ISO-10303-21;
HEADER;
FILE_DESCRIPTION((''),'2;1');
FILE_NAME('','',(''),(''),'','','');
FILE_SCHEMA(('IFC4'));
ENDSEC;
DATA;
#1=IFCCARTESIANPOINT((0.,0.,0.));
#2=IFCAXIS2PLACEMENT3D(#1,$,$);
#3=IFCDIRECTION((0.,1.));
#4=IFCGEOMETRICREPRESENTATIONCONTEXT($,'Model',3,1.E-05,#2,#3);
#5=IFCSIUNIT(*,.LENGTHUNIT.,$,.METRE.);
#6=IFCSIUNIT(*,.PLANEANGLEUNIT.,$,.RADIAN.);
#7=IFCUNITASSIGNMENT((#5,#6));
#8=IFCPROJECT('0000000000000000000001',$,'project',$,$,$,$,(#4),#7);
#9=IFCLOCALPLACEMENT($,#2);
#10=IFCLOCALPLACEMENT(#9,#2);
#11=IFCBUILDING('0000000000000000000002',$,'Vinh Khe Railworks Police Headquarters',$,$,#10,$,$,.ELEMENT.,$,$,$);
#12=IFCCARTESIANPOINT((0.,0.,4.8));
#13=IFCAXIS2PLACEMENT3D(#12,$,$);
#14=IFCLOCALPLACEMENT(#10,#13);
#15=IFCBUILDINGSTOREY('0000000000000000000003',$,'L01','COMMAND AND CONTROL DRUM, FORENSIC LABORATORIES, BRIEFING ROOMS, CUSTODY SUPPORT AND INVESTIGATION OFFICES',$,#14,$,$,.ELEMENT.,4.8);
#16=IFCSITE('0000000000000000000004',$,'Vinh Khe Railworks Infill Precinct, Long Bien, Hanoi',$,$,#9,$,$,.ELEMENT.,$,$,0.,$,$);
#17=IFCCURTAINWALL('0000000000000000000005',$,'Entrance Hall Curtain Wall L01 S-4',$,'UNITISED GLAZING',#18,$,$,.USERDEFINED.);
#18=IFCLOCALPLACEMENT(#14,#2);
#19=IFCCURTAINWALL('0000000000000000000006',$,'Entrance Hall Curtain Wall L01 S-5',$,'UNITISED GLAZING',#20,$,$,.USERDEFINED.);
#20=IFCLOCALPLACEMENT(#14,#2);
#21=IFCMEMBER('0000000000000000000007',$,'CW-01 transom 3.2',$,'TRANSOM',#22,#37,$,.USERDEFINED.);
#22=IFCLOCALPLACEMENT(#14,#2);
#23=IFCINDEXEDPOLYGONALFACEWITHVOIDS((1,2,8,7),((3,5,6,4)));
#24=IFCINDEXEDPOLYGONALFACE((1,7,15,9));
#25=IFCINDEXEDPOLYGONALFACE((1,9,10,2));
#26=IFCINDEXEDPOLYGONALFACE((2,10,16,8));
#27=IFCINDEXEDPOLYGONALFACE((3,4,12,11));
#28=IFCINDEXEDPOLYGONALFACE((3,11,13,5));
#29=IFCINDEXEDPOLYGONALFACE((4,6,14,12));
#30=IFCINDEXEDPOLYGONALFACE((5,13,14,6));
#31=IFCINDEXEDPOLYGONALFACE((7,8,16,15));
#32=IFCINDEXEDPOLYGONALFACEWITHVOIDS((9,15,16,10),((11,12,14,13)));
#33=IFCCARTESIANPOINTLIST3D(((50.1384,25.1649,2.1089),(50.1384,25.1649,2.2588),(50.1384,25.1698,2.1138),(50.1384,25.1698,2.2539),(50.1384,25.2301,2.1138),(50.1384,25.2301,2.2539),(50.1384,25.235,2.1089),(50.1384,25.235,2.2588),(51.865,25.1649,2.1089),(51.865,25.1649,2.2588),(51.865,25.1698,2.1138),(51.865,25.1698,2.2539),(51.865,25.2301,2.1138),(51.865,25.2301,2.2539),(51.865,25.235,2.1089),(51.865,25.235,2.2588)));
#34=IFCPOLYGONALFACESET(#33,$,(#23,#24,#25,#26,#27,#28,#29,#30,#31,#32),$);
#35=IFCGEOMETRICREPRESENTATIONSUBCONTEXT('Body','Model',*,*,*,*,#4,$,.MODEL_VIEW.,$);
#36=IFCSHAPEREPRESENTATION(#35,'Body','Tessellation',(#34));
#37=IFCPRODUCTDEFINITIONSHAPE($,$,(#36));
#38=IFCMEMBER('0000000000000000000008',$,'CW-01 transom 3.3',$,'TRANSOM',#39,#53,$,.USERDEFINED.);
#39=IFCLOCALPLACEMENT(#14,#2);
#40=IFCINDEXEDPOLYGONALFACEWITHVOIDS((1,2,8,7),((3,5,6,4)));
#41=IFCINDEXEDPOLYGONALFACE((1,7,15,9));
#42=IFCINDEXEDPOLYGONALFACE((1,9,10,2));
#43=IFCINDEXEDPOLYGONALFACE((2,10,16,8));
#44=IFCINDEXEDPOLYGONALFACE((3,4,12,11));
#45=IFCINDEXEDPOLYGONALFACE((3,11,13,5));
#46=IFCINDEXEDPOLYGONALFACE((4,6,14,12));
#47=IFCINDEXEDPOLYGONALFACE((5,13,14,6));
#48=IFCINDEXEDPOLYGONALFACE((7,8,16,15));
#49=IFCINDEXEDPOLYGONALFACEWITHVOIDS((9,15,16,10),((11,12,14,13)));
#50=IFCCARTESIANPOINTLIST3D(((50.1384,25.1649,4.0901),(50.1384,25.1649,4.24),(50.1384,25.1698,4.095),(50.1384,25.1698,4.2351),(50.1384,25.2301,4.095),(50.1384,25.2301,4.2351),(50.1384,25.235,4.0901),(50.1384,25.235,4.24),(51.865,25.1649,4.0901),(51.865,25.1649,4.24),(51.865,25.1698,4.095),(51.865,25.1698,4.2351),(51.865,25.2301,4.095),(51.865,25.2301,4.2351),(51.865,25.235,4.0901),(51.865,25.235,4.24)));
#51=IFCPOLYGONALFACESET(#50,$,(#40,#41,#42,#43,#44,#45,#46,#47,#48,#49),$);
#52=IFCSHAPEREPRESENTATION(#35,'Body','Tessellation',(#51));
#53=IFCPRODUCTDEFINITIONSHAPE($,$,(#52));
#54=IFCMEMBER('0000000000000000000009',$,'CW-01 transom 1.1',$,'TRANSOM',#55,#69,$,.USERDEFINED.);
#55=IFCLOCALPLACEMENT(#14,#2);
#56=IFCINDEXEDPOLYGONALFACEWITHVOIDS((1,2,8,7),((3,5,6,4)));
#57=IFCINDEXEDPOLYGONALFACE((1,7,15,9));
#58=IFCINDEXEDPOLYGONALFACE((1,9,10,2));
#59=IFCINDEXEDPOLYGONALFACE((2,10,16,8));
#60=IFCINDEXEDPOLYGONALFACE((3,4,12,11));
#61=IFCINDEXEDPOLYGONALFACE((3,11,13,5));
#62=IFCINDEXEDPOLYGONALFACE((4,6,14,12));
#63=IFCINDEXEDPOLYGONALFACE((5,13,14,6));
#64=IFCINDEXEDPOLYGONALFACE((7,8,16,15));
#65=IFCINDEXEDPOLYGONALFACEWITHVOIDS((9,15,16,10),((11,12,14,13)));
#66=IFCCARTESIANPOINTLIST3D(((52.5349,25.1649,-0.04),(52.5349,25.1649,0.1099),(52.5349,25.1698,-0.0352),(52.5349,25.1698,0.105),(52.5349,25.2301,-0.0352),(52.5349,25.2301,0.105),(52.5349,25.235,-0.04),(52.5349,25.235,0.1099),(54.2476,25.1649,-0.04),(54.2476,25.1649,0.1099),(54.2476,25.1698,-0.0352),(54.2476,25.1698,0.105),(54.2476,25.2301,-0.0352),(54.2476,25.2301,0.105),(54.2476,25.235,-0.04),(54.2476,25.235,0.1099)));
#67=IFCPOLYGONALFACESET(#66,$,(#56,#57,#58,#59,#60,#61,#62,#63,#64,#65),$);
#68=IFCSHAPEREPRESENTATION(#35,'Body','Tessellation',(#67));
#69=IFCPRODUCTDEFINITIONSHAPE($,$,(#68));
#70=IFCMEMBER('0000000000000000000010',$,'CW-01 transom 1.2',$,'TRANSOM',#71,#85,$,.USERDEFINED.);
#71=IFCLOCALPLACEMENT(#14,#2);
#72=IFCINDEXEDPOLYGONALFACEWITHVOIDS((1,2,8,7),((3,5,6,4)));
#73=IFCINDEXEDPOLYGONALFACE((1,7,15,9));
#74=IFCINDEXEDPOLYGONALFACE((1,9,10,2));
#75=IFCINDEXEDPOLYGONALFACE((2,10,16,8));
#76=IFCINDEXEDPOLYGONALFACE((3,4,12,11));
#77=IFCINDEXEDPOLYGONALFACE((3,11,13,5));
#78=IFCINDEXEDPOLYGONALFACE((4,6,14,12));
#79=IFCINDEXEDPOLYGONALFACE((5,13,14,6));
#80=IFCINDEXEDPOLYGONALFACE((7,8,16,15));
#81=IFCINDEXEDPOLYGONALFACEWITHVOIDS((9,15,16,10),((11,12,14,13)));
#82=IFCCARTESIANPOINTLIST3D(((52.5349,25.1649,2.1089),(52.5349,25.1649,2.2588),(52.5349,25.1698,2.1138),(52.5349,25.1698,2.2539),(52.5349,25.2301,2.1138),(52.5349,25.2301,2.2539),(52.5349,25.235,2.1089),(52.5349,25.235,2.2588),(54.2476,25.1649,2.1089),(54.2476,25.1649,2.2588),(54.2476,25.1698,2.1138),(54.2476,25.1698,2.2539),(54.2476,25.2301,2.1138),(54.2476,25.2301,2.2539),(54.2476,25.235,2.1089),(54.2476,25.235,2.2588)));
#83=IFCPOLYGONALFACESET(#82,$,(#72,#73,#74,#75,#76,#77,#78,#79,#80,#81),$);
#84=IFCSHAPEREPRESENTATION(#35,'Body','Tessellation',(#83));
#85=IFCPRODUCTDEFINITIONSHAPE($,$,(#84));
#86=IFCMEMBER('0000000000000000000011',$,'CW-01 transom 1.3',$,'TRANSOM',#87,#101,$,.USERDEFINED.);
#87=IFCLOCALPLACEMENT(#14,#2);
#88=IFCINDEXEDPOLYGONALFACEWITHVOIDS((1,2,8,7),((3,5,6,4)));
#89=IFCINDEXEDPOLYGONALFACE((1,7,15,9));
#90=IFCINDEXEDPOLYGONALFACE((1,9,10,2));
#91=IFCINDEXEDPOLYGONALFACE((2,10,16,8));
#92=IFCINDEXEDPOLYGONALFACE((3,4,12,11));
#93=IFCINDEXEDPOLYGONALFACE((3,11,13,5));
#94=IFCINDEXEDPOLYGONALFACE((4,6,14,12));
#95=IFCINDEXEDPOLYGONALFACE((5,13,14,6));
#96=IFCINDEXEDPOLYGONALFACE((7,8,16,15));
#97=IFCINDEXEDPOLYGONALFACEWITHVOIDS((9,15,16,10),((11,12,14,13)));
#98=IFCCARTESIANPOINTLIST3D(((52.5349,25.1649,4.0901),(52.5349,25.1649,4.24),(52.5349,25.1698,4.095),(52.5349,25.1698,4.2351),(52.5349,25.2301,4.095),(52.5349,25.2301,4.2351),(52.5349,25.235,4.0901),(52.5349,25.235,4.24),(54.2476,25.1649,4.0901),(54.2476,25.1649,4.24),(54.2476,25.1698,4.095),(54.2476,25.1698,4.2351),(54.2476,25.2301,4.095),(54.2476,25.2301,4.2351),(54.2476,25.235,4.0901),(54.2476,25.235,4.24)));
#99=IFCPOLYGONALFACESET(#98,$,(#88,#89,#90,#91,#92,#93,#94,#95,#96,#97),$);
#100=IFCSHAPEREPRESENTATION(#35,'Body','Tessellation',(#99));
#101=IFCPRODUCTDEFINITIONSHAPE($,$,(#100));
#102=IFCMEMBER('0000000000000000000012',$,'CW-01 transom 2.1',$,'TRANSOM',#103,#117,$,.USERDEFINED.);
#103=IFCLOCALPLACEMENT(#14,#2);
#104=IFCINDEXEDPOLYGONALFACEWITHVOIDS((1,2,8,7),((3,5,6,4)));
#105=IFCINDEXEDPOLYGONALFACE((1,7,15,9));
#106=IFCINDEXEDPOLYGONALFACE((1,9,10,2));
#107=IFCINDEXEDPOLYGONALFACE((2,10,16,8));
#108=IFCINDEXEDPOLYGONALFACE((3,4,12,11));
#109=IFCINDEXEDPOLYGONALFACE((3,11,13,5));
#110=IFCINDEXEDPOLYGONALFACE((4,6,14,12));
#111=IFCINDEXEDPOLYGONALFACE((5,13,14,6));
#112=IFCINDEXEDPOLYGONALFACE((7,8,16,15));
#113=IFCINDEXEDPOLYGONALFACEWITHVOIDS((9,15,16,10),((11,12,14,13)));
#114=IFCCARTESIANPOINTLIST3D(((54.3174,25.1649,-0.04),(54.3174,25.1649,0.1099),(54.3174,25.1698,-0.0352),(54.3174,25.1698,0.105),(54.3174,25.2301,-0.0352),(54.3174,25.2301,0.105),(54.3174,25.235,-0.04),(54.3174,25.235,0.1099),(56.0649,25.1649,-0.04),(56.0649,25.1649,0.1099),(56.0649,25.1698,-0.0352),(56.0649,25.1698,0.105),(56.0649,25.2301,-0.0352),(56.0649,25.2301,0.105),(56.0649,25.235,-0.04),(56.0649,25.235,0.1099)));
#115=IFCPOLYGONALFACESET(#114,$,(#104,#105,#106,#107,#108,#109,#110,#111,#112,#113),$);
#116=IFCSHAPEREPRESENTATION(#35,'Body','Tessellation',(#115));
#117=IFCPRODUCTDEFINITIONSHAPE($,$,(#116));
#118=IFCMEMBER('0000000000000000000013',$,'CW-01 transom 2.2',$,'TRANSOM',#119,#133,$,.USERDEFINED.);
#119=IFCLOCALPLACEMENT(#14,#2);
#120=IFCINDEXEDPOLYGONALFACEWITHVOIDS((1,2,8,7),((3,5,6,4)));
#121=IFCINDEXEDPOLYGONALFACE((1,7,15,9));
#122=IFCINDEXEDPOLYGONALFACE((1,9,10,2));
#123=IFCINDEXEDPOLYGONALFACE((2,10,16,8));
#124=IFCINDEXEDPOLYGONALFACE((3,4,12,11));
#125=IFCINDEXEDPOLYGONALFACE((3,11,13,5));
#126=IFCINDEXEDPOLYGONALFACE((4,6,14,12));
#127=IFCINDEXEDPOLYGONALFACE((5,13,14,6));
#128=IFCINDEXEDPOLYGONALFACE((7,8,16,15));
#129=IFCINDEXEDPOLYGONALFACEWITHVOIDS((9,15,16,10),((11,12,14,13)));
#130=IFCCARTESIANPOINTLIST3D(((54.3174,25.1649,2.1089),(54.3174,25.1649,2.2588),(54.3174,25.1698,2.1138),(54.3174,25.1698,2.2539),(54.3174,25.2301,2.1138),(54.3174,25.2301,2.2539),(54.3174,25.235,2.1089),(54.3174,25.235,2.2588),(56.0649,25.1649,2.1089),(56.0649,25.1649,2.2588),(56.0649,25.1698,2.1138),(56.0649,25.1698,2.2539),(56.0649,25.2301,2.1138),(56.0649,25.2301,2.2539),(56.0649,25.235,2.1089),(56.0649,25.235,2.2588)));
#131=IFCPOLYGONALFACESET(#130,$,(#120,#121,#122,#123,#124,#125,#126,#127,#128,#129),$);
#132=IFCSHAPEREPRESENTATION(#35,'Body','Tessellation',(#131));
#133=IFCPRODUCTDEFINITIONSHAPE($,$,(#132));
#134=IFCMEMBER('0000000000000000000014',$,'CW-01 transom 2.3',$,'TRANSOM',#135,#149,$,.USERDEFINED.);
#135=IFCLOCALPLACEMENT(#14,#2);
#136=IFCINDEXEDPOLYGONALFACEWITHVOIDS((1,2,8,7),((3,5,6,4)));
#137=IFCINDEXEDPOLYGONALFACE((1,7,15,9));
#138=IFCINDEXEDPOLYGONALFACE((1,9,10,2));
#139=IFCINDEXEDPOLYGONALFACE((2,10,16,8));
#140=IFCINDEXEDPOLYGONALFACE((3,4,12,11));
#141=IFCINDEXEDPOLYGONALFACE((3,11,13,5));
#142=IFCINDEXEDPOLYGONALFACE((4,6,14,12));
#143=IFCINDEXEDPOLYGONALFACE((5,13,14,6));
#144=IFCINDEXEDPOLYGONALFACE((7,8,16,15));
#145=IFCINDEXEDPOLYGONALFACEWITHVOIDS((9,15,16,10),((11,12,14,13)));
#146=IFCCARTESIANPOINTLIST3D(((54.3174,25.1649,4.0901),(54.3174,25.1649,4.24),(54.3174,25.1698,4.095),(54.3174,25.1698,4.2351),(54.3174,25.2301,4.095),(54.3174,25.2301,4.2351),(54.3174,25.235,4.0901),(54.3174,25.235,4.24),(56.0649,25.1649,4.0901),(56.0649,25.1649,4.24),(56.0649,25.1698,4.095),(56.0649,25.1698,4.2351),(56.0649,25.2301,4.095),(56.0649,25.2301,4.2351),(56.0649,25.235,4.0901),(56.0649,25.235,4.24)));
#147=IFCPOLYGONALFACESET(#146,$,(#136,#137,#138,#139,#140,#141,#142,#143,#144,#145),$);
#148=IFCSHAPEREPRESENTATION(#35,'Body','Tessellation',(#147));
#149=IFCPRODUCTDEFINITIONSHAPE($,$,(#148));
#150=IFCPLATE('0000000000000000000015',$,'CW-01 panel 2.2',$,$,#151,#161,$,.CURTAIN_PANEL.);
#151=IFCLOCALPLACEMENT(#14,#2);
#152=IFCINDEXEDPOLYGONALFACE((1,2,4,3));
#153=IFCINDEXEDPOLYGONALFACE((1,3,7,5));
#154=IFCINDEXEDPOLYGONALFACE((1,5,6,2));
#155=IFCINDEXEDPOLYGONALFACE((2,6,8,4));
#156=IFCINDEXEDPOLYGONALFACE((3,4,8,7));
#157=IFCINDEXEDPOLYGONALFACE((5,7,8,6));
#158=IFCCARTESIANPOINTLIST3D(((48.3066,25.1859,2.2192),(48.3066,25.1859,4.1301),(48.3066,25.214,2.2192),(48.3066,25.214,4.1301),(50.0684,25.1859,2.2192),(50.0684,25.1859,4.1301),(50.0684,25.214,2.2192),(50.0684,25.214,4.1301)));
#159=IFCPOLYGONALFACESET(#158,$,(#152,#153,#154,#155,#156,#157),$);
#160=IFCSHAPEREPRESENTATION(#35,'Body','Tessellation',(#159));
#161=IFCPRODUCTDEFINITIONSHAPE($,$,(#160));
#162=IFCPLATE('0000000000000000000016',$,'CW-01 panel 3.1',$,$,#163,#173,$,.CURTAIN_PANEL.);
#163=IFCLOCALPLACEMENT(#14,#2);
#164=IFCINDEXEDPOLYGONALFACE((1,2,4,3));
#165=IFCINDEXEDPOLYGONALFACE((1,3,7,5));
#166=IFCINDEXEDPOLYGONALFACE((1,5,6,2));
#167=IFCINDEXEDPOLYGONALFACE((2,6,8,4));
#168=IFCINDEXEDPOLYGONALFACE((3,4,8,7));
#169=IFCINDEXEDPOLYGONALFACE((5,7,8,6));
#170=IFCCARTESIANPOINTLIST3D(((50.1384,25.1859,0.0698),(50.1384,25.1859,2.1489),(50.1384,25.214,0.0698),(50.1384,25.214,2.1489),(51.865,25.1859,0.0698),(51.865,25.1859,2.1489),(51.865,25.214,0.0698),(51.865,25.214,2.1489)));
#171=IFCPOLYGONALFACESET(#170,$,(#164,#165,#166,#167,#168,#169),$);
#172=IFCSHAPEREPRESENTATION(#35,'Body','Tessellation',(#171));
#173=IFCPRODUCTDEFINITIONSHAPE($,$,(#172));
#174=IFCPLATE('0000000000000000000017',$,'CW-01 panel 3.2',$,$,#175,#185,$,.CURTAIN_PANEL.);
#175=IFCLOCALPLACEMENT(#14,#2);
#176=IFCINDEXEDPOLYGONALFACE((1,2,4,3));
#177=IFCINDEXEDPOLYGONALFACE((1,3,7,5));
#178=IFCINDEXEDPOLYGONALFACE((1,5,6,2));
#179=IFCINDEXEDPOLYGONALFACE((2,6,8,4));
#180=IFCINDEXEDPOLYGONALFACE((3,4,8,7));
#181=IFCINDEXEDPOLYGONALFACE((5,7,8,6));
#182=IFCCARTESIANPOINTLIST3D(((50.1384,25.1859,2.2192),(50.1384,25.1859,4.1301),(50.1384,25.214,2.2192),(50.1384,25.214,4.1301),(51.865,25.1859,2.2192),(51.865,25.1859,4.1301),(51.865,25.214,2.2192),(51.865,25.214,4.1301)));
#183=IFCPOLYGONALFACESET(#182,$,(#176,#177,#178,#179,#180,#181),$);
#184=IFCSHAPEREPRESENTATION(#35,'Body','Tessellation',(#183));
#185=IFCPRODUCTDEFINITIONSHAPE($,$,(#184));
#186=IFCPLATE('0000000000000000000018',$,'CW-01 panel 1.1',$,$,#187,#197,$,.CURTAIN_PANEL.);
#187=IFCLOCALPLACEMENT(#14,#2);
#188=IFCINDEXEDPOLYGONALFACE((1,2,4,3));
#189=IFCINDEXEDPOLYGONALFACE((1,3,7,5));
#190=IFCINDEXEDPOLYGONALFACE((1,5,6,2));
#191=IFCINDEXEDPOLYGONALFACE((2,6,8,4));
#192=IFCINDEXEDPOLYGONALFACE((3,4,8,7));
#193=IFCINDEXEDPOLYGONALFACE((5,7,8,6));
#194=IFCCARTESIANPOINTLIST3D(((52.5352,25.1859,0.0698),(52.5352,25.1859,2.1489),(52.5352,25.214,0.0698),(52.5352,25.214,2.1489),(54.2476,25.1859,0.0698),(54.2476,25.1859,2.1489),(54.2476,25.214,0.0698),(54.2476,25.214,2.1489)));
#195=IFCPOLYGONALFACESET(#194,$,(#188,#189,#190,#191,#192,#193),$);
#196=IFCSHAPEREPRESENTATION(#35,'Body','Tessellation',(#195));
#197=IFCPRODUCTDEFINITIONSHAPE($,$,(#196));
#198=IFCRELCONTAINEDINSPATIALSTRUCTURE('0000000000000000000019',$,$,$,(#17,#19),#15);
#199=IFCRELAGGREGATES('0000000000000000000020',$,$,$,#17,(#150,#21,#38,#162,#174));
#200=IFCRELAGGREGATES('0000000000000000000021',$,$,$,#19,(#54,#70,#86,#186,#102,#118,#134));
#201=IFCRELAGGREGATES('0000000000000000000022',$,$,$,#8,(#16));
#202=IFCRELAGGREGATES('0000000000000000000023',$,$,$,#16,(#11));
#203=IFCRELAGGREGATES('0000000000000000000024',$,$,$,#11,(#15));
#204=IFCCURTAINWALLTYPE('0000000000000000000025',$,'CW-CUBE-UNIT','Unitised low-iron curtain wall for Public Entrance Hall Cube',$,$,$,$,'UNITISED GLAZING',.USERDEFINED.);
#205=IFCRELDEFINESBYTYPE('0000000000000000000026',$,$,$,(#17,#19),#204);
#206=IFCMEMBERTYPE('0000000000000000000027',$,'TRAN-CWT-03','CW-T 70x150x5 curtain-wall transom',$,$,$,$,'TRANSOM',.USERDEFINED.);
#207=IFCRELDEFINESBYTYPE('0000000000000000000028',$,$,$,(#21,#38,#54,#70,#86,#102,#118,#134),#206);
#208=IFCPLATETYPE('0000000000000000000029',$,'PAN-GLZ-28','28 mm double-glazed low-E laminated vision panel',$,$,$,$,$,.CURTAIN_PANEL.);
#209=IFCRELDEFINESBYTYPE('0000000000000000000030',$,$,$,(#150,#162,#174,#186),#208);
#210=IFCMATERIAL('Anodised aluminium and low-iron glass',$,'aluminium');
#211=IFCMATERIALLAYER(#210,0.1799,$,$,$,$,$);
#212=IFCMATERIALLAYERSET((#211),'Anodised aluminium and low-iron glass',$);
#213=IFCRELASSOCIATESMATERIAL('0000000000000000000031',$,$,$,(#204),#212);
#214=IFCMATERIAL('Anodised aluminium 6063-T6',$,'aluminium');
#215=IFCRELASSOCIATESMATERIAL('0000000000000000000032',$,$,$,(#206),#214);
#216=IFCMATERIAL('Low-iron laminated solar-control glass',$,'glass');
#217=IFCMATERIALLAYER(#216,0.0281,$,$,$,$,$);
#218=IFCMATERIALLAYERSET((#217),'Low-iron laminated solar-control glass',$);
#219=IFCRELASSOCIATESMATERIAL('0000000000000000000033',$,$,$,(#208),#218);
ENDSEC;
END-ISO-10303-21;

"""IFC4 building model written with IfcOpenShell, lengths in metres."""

from ifc_helpers import new_model, si_unit, direction, frame, origin, origin_2d, place, context, subcontext, project, spatial, rectangle, hollow_rectangle, extrude, material, layer, layer_set, material_profile, profile_set, type_object, element, aggregate, save


model = new_model("IFC4")

# Units and contexts
model_context = context("Model", 3, precision=1e-05, world=origin(), true_north=direction((0.0, 1.0)))
body_context = subcontext(model_context, "Body", "Model", "MODEL_VIEW")
ifc_project = project(units=[si_unit("LENGTHUNIT", "METRE"), si_unit("PLANEANGLEUNIT", "RADIAN")], contexts=[model_context])

# Site, building, storey
site_placement = place(None, origin())
site = spatial("IfcSite", under=ifc_project, at=site_placement, Name="Vinh Khe Railworks Infill Precinct, Long Bien, Hanoi", CompositionType="ELEMENT", RefElevation=0.0)
building_placement = place(site_placement, origin())
building = spatial("IfcBuilding", under=site, at=building_placement, Name="Vinh Khe Railworks Police Headquarters", CompositionType="ELEMENT")
storey_placement = place(building_placement, frame((0.0, 0.0, 4.8)))
storey = spatial("IfcBuildingStorey", under=building, at=storey_placement, Name="L01", Description="COMMAND AND CONTROL DRUM, FORENSIC LABORATORIES, BRIEFING ROOMS, CUSTODY SUPPORT AND INVESTIGATION OFFICES", CompositionType="ELEMENT", Elevation=4.8)

# Curtain walls
ifc_material_1 = material(Name="Anodised aluminium and low-iron glass", Category="aluminium")
ifc_layer_1 = layer(ifc_material_1, 0.1799)
ifc_layer_set_1 = layer_set([ifc_layer_1], Name="Anodised aluminium and low-iron glass")
curtain_wall_type = type_object("IfcCurtainWallType", Name="CW-CUBE-UNIT", Description="Unitised low-iron curtain wall for Public Entrance Hall Cube", ElementType="UNITISED GLAZING", PredefinedType="USERDEFINED", material=ifc_layer_set_1)
curtain_wall_1_placement = place(storey_placement, origin())
curtain_wall_1 = element("IfcCurtainWall", 1, at=curtain_wall_1_placement, inside=storey, type_object=curtain_wall_type, Name="Entrance Hall Curtain Wall L01 S-4", ObjectType="UNITISED GLAZING", PredefinedType="USERDEFINED")
ifc_material_2 = material(Name="Anodised aluminium 6063-T6", Category="aluminium")
curtain_wall_2_placement = place(storey_placement, origin())
curtain_wall_2 = element("IfcCurtainWall", 2, at=curtain_wall_2_placement, inside=storey, type_object=curtain_wall_type, Name="Entrance Hall Curtain Wall L01 S-5", ObjectType="UNITISED GLAZING", PredefinedType="USERDEFINED")

# Members
ifc_material_profile_1 = material_profile(ifc_material_2, hollow_rectangle(XDim=0.0701, YDim=0.1499, WallThickness=0.0049, at=origin_2d()), Name="CW-T 70x150x5")
ifc_profile_set_1 = profile_set([ifc_material_profile_1], Name="Anodised aluminium 6063-T6")
member_type_1 = type_object("IfcMemberType", Name="TRAN-CWT-03", Description="CW-T 70x150x5 curtain-wall transom", ElementType="TRANSOM", PredefinedType="USERDEFINED", material=ifc_profile_set_1)
member_1_placement = place(storey_placement, frame((50.1384, 25.2, 2.1838), z_axis=(1.0, 0.0, 0.0), x_axis=(0.0, 1.0, 0.0)))
member_1 = element("IfcMember", 3, at=member_1_placement, type_object=member_type_1, Name="CW-01 transom 3.2", ObjectType="TRANSOM", PredefinedType="USERDEFINED", context=body_context, shape_type="SweptSolid", body=[
    extrude(hollow_rectangle(XDim=0.0701, YDim=0.1499, WallThickness=0.0049, at=origin_2d()), origin(), (0.0, 0.0, 1.0), 1.7266),
])
member_2_placement = place(storey_placement, frame((50.1384, 25.2, 4.165), z_axis=(1.0, 0.0, 0.0), x_axis=(0.0, 1.0, 0.0)))
member_2 = element("IfcMember", 4, at=member_2_placement, type_object=member_type_1, Name="CW-01 transom 3.3", ObjectType="TRANSOM", PredefinedType="USERDEFINED", context=body_context, shape_type="SweptSolid", body=[
    extrude(hollow_rectangle(XDim=0.0701, YDim=0.1499, WallThickness=0.0049, at=origin_2d()), origin(), (0.0, 0.0, 1.0), 1.7266),
])
member_3_placement = place(storey_placement, frame((52.5349, 25.2, 0.0349), z_axis=(1.0, 0.0, 0.0), x_axis=(0.0, 1.0, 0.0)))
member_3 = element("IfcMember", 5, at=member_3_placement, type_object=member_type_1, Name="CW-01 transom 1.1", ObjectType="TRANSOM", PredefinedType="USERDEFINED", context=body_context, shape_type="SweptSolid", body=[
    extrude(hollow_rectangle(XDim=0.0701, YDim=0.1499, WallThickness=0.0049, at=origin_2d()), origin(), (0.0, 0.0, 1.0), 1.7126),
])
member_4_placement = place(storey_placement, frame((52.5349, 25.2, 2.1838), z_axis=(1.0, 0.0, 0.0), x_axis=(0.0, 1.0, 0.0)))
member_4 = element("IfcMember", 6, at=member_4_placement, type_object=member_type_1, Name="CW-01 transom 1.2", ObjectType="TRANSOM", PredefinedType="USERDEFINED", context=body_context, shape_type="SweptSolid", body=[
    extrude(hollow_rectangle(XDim=0.0701, YDim=0.1499, WallThickness=0.0049, at=origin_2d()), origin(), (0.0, 0.0, 1.0), 1.7126),
])
member_5_placement = place(storey_placement, frame((52.5349, 25.2, 4.165), z_axis=(1.0, 0.0, 0.0), x_axis=(0.0, 1.0, 0.0)))
member_5 = element("IfcMember", 7, at=member_5_placement, type_object=member_type_1, Name="CW-01 transom 1.3", ObjectType="TRANSOM", PredefinedType="USERDEFINED", context=body_context, shape_type="SweptSolid", body=[
    extrude(hollow_rectangle(XDim=0.0701, YDim=0.1499, WallThickness=0.0049, at=origin_2d()), origin(), (0.0, 0.0, 1.0), 1.7126),
])
member_6_placement = place(storey_placement, frame((54.3174, 25.2, 0.0349), z_axis=(1.0, 0.0, 0.0), x_axis=(0.0, 1.0, 0.0)))
member_6 = element("IfcMember", 8, at=member_6_placement, type_object=member_type_1, Name="CW-01 transom 2.1", ObjectType="TRANSOM", PredefinedType="USERDEFINED", context=body_context, shape_type="SweptSolid", body=[
    extrude(hollow_rectangle(XDim=0.0701, YDim=0.1499, WallThickness=0.0049, at=origin_2d()), origin(), (0.0, 0.0, 1.0), 1.7476),
])
member_7_placement = place(storey_placement, frame((54.3174, 25.2, 2.1838), z_axis=(1.0, 0.0, 0.0), x_axis=(0.0, 1.0, 0.0)))
member_7 = element("IfcMember", 9, at=member_7_placement, type_object=member_type_1, Name="CW-01 transom 2.2", ObjectType="TRANSOM", PredefinedType="USERDEFINED", context=body_context, shape_type="SweptSolid", body=[
    extrude(hollow_rectangle(XDim=0.0701, YDim=0.1499, WallThickness=0.0049, at=origin_2d()), origin(), (0.0, 0.0, 1.0), 1.7476),
])
member_8_placement = place(storey_placement, frame((54.3174, 25.2, 4.165), z_axis=(1.0, 0.0, 0.0), x_axis=(0.0, 1.0, 0.0)))
member_8 = element("IfcMember", 10, at=member_8_placement, type_object=member_type_1, Name="CW-01 transom 2.3", ObjectType="TRANSOM", PredefinedType="USERDEFINED", context=body_context, shape_type="SweptSolid", body=[
    extrude(hollow_rectangle(XDim=0.0701, YDim=0.1499, WallThickness=0.0049, at=origin_2d()), origin(), (0.0, 0.0, 1.0), 1.7476),
])

# Plates
ifc_material_3 = material(Name="Low-iron laminated solar-control glass", Category="glass")
ifc_layer_2 = layer(ifc_material_3, 0.0281)
ifc_layer_set_2 = layer_set([ifc_layer_2], Name="Low-iron laminated solar-control glass")
plate_type = type_object("IfcPlateType", Name="PAN-GLZ-28", Description="28 mm double-glazed low-E laminated vision panel", PredefinedType="CURTAIN_PANEL", material=ifc_layer_set_2)
plate_1_placement = place(storey_placement, frame((49.1875, 25.2, 2.2192), z_axis=(0.0, 0.0, 1.0), x_axis=(1.0, 0.0, 0.0)))
plate_1 = element("IfcPlate", 11, at=plate_1_placement, type_object=plate_type, Name="CW-01 panel 2.2", PredefinedType="CURTAIN_PANEL", context=body_context, shape_type="SweptSolid", body=[
    extrude(rectangle(XDim=1.7617, YDim=0.0281, at=origin_2d()), origin(), (0.0, 0.0, 1.0), 1.9109),
])
plate_2_placement = place(storey_placement, frame((51.0017, 25.2, 0.0698), z_axis=(0.0, 0.0, 1.0), x_axis=(1.0, 0.0, 0.0)))
plate_2 = element("IfcPlate", 12, at=plate_2_placement, type_object=plate_type, Name="CW-01 panel 3.1", PredefinedType="CURTAIN_PANEL", context=body_context, shape_type="SweptSolid", body=[
    extrude(rectangle(XDim=1.7266, YDim=0.0281, at=origin_2d()), origin(), (0.0, 0.0, 1.0), 2.0791),
])
plate_3_placement = place(storey_placement, frame((51.0017, 25.2, 2.2192), z_axis=(0.0, 0.0, 1.0), x_axis=(1.0, 0.0, 0.0)))
plate_3 = element("IfcPlate", 13, at=plate_3_placement, type_object=plate_type, Name="CW-01 panel 3.2", PredefinedType="CURTAIN_PANEL", context=body_context, shape_type="SweptSolid", body=[
    extrude(rectangle(XDim=1.7266, YDim=0.0281, at=origin_2d()), origin(), (0.0, 0.0, 1.0), 1.9109),
])
aggregate(curtain_wall_1, [plate_1, member_1, member_2, plate_2, plate_3])
plate_4_placement = place(storey_placement, frame((53.3914, 25.2, 0.0698), z_axis=(0.0, 0.0, 1.0), x_axis=(1.0, 0.0, 0.0)))
plate_4 = element("IfcPlate", 14, at=plate_4_placement, type_object=plate_type, Name="CW-01 panel 1.1", PredefinedType="CURTAIN_PANEL", context=body_context, shape_type="SweptSolid", body=[
    extrude(rectangle(XDim=1.7124, YDim=0.0281, at=origin_2d()), origin(), (0.0, 0.0, 1.0), 2.0791),
])
aggregate(curtain_wall_2, [member_3, member_4, member_5, plate_4, member_6, member_7, member_8])

save(model, "model.ifc")
